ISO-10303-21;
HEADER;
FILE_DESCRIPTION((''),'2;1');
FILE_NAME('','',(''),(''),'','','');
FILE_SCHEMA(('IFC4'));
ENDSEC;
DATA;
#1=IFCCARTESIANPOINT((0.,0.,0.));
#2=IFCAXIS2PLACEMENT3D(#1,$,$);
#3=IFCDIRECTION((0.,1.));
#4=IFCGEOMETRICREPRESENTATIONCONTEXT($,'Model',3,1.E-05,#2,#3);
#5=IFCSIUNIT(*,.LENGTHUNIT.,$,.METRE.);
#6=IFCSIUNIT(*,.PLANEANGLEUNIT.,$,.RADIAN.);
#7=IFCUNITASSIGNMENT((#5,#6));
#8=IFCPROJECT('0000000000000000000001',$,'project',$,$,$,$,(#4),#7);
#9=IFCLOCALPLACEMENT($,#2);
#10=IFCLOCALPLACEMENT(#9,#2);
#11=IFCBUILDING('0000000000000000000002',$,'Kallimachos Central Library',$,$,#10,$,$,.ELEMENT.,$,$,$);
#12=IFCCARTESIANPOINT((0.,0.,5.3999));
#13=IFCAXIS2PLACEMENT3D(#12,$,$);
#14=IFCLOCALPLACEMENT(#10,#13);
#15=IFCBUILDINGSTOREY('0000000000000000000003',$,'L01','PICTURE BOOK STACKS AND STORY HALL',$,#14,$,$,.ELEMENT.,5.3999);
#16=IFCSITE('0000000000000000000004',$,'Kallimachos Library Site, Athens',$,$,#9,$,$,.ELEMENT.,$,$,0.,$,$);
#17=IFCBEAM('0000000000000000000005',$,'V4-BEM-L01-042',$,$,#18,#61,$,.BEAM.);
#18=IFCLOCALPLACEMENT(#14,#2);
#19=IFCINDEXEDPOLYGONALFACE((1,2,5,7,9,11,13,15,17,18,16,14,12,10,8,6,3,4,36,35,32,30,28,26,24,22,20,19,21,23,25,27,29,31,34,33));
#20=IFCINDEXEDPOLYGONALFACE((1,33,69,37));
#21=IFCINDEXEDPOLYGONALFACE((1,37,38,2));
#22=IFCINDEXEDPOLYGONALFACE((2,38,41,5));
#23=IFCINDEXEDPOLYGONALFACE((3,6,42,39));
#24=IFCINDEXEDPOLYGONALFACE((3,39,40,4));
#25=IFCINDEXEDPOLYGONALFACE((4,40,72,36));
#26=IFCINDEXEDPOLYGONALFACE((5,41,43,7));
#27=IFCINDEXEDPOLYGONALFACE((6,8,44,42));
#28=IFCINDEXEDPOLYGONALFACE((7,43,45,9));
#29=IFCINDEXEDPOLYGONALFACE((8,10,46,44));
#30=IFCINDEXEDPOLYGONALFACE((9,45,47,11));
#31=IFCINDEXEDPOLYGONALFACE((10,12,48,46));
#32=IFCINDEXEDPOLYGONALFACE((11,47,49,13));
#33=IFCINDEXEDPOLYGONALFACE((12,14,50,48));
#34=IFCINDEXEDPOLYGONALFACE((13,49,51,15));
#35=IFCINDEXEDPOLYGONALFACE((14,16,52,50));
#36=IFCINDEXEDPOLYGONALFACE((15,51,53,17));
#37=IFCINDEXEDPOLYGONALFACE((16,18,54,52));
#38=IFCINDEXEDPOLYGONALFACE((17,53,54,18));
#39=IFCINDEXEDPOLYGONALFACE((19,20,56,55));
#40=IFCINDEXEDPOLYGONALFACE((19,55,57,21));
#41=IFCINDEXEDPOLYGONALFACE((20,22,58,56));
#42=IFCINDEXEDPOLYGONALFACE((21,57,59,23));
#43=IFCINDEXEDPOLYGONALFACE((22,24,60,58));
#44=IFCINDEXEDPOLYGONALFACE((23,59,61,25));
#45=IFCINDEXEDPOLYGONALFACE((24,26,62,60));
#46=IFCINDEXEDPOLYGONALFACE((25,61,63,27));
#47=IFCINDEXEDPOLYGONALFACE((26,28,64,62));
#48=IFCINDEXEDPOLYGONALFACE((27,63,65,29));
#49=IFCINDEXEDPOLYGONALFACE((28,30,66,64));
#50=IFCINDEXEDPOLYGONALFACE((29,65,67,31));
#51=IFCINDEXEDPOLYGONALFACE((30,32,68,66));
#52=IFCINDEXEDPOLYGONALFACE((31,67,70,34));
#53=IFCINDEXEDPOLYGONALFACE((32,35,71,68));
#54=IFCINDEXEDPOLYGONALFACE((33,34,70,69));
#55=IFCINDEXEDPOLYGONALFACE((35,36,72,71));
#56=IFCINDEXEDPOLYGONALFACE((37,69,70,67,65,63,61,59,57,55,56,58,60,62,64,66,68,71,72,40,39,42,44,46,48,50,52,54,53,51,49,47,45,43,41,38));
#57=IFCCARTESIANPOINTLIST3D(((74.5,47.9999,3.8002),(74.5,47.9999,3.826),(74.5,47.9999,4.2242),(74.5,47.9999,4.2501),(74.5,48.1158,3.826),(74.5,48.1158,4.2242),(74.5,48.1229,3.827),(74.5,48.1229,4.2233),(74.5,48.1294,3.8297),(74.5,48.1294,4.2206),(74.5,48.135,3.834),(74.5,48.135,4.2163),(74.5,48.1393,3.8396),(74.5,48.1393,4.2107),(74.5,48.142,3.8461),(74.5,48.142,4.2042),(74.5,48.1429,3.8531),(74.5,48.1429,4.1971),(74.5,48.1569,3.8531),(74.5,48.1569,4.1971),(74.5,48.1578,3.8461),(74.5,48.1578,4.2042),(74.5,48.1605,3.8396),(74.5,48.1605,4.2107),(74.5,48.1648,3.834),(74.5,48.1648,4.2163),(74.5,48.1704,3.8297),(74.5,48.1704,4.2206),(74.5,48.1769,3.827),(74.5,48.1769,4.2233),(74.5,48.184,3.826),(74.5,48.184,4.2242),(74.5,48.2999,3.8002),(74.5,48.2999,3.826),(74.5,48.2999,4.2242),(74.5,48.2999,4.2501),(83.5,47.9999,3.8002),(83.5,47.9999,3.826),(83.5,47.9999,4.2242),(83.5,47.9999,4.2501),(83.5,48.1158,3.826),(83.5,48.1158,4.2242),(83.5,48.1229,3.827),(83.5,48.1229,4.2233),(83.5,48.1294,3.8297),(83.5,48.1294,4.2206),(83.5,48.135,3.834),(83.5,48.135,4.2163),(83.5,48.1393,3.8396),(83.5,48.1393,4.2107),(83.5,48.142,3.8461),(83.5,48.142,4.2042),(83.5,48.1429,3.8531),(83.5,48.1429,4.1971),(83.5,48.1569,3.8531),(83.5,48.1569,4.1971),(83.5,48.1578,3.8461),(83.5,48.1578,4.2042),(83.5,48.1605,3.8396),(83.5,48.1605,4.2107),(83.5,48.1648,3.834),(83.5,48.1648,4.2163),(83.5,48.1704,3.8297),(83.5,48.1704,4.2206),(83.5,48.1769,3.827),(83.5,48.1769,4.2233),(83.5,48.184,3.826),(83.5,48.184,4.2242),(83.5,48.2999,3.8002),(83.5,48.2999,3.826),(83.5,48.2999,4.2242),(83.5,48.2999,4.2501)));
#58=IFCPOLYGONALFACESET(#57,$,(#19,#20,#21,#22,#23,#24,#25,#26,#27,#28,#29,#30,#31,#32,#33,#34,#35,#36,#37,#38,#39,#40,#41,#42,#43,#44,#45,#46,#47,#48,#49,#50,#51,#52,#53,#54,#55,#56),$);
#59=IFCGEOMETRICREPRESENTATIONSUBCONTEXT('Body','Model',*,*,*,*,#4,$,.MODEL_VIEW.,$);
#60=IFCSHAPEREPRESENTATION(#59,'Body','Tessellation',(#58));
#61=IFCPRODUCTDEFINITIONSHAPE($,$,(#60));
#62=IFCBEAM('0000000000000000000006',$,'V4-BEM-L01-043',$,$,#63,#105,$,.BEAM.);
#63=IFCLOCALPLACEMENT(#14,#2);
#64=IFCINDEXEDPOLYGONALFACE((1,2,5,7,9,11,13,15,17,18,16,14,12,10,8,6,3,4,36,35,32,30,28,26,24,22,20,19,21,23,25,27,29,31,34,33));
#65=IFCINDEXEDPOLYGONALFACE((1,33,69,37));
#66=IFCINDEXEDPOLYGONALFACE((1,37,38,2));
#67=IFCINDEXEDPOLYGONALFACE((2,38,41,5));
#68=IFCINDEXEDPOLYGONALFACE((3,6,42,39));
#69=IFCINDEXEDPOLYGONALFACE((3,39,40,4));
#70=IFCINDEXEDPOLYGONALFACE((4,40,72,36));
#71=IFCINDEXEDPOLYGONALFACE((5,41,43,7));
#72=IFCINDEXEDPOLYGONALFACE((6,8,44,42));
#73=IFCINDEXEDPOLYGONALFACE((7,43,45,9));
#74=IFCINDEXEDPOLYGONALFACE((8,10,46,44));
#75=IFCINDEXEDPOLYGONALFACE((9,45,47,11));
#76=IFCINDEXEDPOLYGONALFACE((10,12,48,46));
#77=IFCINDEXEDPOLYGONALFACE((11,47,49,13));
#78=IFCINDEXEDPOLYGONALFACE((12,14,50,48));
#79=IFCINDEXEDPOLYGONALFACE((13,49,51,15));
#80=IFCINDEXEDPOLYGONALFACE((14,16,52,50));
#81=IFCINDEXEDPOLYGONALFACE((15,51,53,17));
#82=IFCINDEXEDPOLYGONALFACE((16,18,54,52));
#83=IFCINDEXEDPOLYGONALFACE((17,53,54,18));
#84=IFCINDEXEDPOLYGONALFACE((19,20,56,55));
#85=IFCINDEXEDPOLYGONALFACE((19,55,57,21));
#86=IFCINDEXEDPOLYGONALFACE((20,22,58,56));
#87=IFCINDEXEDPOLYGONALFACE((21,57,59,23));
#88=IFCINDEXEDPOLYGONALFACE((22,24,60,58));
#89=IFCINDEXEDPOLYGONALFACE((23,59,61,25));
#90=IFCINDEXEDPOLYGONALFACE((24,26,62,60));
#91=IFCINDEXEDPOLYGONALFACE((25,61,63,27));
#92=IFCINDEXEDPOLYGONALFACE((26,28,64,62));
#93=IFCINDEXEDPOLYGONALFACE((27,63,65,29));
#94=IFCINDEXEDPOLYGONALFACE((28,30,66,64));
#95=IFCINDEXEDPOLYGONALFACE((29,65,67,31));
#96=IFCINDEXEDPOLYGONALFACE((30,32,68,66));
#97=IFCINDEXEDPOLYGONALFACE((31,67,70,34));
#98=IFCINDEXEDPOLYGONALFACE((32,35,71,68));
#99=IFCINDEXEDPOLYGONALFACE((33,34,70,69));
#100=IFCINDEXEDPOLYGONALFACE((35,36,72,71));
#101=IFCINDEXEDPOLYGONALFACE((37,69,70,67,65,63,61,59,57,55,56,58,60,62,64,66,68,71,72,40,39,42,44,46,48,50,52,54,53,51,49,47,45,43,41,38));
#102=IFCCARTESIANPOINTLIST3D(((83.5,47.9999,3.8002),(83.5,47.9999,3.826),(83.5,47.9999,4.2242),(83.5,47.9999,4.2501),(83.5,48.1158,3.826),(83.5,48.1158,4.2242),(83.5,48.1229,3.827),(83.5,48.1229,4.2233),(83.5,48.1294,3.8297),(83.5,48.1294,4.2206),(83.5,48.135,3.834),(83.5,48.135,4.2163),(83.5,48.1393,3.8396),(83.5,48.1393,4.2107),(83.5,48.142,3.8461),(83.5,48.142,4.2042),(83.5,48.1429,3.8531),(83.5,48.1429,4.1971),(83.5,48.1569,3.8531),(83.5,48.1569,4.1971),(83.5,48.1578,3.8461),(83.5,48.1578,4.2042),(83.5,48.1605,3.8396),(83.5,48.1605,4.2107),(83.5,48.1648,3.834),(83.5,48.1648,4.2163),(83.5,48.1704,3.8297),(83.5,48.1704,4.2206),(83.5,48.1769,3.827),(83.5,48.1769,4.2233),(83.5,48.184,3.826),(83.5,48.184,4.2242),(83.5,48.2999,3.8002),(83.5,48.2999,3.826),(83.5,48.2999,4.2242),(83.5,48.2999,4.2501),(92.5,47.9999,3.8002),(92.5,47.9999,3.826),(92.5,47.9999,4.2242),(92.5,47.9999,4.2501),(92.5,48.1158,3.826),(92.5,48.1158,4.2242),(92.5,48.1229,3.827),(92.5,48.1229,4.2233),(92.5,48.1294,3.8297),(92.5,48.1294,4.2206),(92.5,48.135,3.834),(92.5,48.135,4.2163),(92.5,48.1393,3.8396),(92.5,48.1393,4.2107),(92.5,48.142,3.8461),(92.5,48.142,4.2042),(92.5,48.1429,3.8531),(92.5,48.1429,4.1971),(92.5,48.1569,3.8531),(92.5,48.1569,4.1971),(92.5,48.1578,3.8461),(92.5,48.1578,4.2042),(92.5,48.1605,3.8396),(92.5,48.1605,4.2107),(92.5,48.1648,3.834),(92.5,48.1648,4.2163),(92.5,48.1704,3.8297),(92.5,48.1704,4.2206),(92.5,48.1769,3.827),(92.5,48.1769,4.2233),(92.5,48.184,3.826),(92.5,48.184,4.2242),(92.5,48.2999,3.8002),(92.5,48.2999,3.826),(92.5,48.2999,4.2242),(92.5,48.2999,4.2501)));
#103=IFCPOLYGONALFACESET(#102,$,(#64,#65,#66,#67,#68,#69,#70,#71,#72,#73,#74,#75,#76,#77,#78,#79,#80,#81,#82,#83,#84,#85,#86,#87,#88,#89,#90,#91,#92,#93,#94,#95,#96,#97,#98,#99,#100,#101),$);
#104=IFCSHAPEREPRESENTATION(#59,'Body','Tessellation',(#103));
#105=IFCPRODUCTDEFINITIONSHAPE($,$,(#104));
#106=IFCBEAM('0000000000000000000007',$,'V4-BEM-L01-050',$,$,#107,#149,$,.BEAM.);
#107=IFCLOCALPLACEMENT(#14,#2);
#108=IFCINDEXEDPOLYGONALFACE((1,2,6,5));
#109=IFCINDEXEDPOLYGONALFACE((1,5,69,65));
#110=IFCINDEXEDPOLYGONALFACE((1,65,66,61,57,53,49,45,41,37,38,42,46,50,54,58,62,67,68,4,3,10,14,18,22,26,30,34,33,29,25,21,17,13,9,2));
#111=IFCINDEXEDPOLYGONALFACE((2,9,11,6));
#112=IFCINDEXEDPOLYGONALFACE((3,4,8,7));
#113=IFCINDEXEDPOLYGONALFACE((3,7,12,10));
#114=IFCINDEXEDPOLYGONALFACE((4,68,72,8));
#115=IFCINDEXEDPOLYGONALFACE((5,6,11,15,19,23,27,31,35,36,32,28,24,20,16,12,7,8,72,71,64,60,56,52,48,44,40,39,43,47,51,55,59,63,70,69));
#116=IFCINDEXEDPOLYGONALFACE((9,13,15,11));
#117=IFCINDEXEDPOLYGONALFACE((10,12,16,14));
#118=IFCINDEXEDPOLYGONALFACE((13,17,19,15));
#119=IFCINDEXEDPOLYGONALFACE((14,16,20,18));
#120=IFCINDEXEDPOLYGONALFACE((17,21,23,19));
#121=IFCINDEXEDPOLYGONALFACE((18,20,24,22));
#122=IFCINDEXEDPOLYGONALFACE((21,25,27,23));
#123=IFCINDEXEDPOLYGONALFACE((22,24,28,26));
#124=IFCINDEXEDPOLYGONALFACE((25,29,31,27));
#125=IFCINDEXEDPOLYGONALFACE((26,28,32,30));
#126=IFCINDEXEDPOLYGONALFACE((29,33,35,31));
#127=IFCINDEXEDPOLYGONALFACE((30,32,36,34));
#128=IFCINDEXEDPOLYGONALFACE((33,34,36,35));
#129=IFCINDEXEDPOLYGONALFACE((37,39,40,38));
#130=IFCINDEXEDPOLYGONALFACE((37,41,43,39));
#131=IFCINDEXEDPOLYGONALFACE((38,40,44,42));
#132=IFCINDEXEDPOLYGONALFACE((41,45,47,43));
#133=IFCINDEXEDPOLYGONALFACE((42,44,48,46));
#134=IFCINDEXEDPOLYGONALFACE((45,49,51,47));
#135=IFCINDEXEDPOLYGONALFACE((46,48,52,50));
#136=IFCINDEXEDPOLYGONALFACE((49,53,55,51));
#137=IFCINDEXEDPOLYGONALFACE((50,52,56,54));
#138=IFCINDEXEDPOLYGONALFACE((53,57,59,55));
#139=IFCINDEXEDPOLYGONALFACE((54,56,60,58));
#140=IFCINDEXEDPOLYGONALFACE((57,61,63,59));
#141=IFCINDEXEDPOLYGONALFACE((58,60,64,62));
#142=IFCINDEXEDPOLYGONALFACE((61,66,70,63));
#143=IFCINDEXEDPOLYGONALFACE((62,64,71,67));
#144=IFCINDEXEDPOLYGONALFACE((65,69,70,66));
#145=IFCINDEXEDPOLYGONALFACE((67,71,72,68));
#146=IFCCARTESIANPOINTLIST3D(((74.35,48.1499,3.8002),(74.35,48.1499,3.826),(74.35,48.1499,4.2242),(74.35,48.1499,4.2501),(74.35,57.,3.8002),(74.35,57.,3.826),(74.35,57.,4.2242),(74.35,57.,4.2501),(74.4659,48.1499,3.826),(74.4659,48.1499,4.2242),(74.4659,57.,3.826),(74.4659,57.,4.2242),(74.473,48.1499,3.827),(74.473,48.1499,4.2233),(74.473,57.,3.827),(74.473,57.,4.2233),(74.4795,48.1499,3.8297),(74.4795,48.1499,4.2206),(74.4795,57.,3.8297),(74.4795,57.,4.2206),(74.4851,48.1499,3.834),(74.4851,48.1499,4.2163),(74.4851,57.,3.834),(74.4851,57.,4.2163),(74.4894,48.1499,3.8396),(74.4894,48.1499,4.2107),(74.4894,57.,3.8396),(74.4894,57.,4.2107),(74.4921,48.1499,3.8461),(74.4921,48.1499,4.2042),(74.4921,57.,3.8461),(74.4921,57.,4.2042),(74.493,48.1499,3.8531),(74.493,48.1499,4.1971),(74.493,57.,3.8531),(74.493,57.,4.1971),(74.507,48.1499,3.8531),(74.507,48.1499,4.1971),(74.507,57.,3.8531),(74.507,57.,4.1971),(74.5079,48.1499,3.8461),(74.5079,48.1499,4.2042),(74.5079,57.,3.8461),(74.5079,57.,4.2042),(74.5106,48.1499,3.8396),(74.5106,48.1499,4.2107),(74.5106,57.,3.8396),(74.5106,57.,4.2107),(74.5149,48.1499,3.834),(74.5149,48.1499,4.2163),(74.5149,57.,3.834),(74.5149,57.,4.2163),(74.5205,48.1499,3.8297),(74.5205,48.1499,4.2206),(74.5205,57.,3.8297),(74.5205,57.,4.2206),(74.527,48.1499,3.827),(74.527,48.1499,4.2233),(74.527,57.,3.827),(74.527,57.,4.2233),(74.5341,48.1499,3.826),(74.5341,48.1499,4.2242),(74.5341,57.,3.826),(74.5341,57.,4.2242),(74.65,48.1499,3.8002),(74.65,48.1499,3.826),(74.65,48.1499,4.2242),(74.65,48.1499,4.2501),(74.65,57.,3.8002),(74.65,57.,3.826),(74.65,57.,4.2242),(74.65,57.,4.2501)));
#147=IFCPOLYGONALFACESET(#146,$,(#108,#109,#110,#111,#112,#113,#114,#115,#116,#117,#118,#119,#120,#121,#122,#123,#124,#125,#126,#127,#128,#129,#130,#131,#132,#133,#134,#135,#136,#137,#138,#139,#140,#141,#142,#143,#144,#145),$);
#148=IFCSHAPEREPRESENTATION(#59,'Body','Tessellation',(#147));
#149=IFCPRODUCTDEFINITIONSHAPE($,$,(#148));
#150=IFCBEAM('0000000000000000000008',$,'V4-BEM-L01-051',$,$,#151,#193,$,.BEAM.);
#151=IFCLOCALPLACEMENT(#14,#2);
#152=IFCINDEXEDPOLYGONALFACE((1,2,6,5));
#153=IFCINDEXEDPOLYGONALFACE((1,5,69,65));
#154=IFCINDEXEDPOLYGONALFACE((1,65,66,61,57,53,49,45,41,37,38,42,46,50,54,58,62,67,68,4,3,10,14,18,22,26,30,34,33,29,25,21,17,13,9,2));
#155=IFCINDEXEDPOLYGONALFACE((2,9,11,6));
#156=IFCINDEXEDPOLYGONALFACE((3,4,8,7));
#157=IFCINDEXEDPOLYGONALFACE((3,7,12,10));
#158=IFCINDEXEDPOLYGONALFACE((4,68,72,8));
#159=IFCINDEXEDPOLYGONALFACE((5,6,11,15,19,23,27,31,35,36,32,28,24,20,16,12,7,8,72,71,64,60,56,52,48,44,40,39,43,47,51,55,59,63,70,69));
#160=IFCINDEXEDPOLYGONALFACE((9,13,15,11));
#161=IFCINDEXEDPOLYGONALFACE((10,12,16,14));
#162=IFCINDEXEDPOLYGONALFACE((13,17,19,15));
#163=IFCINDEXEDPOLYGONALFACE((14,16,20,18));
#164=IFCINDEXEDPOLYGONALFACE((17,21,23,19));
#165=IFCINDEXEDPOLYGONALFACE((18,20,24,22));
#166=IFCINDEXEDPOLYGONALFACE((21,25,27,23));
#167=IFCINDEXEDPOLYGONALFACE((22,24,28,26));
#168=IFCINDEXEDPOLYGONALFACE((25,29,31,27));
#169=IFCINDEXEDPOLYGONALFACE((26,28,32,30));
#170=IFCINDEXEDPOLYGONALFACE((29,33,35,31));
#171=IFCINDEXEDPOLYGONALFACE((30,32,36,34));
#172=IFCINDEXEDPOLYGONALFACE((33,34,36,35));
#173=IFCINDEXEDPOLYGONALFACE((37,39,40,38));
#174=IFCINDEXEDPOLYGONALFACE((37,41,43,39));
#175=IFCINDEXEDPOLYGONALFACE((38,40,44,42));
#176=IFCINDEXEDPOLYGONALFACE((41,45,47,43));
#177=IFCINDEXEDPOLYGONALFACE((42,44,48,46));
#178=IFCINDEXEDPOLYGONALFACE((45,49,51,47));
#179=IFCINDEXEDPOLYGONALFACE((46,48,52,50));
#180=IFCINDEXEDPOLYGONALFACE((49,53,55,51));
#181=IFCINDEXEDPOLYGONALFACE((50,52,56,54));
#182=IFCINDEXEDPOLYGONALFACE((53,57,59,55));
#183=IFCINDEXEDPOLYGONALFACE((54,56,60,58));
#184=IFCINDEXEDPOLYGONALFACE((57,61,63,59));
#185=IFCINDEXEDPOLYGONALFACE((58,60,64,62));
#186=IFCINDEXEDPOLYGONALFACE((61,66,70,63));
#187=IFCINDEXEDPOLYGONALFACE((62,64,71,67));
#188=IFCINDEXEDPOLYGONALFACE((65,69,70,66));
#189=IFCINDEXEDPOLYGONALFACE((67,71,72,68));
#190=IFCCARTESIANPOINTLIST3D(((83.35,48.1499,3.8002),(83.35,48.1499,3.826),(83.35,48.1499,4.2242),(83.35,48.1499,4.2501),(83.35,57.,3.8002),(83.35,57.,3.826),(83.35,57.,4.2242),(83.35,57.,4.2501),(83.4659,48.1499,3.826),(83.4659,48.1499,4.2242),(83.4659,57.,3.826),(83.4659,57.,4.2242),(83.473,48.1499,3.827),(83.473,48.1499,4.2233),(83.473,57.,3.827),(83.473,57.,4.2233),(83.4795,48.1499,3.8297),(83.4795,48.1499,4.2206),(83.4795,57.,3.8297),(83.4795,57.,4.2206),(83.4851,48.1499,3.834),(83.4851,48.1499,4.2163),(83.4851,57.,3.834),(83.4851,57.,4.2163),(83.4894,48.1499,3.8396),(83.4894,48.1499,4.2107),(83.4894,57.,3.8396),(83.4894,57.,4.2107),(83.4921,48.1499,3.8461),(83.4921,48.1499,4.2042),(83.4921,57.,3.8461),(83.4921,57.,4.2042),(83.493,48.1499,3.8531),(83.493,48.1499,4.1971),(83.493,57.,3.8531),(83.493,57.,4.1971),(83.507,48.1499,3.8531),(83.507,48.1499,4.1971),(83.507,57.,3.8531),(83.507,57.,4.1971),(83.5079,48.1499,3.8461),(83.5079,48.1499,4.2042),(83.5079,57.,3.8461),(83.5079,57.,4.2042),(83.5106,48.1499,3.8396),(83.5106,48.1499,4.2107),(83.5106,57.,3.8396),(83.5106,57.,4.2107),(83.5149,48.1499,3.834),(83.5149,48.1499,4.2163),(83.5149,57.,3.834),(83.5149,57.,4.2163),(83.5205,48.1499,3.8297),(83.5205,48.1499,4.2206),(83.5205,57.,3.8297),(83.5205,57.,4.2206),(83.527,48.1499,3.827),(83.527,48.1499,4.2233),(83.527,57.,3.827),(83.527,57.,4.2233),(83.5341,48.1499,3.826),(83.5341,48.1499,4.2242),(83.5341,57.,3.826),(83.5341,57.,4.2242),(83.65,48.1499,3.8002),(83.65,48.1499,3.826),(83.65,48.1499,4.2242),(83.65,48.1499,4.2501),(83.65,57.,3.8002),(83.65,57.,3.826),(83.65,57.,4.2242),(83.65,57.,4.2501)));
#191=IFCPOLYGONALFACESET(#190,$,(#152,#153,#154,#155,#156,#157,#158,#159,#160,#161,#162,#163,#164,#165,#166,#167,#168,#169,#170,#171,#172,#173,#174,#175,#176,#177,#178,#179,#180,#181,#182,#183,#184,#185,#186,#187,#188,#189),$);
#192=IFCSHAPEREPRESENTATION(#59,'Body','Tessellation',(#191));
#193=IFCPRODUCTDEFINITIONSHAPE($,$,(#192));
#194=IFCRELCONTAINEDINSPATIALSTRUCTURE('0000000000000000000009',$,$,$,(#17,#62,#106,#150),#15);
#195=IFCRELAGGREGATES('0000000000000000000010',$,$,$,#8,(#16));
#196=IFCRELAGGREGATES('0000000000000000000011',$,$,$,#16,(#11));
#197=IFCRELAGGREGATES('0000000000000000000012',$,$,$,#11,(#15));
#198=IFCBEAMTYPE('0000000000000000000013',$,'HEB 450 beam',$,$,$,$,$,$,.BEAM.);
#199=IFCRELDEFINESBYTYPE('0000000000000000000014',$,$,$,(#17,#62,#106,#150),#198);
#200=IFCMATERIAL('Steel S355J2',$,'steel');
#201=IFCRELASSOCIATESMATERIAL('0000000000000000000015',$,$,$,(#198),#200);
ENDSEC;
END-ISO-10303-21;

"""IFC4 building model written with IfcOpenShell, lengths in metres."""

from ifc_helpers import new_model, si_unit, direction, frame, origin, origin_2d, place, context, subcontext, project, spatial, i_section, extrude, material, material_profile, profile_set, type_object, element, save


model = new_model("IFC4")

# Units and contexts
model_context = context("Model", 3, precision=1e-05, world=origin(), true_north=direction((0.0, 1.0)))
body_context = subcontext(model_context, "Body", "Model", "MODEL_VIEW")
ifc_project = project(units=[si_unit("LENGTHUNIT", "METRE"), si_unit("PLANEANGLEUNIT", "RADIAN")], contexts=[model_context])

# Site, building, storey
site_placement = place(None, origin())
site = spatial("IfcSite", under=ifc_project, at=site_placement, Name="Kallimachos Library Site, Athens", CompositionType="ELEMENT", RefElevation=0.0)
building_placement = place(site_placement, origin())
building = spatial("IfcBuilding", under=site, at=building_placement, Name="Kallimachos Central Library", CompositionType="ELEMENT")
storey_placement = place(building_placement, frame((0.0, 0.0, 5.3999)))
storey = spatial("IfcBuildingStorey", under=building, at=storey_placement, Name="L01", Description="PICTURE BOOK STACKS AND STORY HALL", CompositionType="ELEMENT", Elevation=5.3999)

# Beams
ifc_material_1 = material(Name="Steel S355J2", Category="steel")
ifc_material_profile_1 = material_profile(ifc_material_1, i_section(OverallWidth=0.3, OverallDepth=0.45, WebThickness=0.0139, FlangeThickness=0.0259, FilletRadius=0.0271, at=origin_2d()), Name="HEB 450")
ifc_profile_set_1 = profile_set([ifc_material_profile_1], Name="Steel S355J2")
beam_type_1 = type_object("IfcBeamType", Name="HEB 450 beam", PredefinedType="BEAM", material=ifc_profile_set_1)
for number, where, z_axis, x_axis, name in (
    (1, (74.5, 48.1499, 4.0251), (1.0, 0.0, 0.0), (0.0, 1.0, 0.0), "V4-BEM-L01-042"),
    (2, (83.5, 48.1499, 4.0251), (1.0, 0.0, 0.0), (0.0, 1.0, 0.0), "V4-BEM-L01-043"),
):
    element("IfcBeam", number, at=place(storey_placement, frame(where, z_axis=z_axis, x_axis=x_axis)), inside=storey, type_object=beam_type_1, Name=name, PredefinedType="BEAM", context=body_context, shape_type="SweptSolid", body=[
        extrude(i_section(OverallWidth=0.3, OverallDepth=0.45, WebThickness=0.0139, FlangeThickness=0.0259, FilletRadius=0.0271, at=origin_2d()), origin(), (0.0, 0.0, 1.0), 9.0),
    ])
for number, where, z_axis, x_axis, name in (
    (3, (74.5, 48.1499, 4.0251), (0.0, 1.0, 0.0), (-1.0, 0.0, 0.0), "V4-BEM-L01-050"),
    (4, (83.5, 48.1499, 4.0251), (0.0, 1.0, 0.0), (-1.0, 0.0, 0.0), "V4-BEM-L01-051"),
):
    element("IfcBeam", number, at=place(storey_placement, frame(where, z_axis=z_axis, x_axis=x_axis)), inside=storey, type_object=beam_type_1, Name=name, PredefinedType="BEAM", context=body_context, shape_type="SweptSolid", body=[
        extrude(i_section(OverallWidth=0.3, OverallDepth=0.45, WebThickness=0.0139, FlangeThickness=0.0259, FilletRadius=0.0271, at=origin_2d()), origin(), (0.0, 0.0, 1.0), 8.8501),
    ])

save(model, "model.ifc")
